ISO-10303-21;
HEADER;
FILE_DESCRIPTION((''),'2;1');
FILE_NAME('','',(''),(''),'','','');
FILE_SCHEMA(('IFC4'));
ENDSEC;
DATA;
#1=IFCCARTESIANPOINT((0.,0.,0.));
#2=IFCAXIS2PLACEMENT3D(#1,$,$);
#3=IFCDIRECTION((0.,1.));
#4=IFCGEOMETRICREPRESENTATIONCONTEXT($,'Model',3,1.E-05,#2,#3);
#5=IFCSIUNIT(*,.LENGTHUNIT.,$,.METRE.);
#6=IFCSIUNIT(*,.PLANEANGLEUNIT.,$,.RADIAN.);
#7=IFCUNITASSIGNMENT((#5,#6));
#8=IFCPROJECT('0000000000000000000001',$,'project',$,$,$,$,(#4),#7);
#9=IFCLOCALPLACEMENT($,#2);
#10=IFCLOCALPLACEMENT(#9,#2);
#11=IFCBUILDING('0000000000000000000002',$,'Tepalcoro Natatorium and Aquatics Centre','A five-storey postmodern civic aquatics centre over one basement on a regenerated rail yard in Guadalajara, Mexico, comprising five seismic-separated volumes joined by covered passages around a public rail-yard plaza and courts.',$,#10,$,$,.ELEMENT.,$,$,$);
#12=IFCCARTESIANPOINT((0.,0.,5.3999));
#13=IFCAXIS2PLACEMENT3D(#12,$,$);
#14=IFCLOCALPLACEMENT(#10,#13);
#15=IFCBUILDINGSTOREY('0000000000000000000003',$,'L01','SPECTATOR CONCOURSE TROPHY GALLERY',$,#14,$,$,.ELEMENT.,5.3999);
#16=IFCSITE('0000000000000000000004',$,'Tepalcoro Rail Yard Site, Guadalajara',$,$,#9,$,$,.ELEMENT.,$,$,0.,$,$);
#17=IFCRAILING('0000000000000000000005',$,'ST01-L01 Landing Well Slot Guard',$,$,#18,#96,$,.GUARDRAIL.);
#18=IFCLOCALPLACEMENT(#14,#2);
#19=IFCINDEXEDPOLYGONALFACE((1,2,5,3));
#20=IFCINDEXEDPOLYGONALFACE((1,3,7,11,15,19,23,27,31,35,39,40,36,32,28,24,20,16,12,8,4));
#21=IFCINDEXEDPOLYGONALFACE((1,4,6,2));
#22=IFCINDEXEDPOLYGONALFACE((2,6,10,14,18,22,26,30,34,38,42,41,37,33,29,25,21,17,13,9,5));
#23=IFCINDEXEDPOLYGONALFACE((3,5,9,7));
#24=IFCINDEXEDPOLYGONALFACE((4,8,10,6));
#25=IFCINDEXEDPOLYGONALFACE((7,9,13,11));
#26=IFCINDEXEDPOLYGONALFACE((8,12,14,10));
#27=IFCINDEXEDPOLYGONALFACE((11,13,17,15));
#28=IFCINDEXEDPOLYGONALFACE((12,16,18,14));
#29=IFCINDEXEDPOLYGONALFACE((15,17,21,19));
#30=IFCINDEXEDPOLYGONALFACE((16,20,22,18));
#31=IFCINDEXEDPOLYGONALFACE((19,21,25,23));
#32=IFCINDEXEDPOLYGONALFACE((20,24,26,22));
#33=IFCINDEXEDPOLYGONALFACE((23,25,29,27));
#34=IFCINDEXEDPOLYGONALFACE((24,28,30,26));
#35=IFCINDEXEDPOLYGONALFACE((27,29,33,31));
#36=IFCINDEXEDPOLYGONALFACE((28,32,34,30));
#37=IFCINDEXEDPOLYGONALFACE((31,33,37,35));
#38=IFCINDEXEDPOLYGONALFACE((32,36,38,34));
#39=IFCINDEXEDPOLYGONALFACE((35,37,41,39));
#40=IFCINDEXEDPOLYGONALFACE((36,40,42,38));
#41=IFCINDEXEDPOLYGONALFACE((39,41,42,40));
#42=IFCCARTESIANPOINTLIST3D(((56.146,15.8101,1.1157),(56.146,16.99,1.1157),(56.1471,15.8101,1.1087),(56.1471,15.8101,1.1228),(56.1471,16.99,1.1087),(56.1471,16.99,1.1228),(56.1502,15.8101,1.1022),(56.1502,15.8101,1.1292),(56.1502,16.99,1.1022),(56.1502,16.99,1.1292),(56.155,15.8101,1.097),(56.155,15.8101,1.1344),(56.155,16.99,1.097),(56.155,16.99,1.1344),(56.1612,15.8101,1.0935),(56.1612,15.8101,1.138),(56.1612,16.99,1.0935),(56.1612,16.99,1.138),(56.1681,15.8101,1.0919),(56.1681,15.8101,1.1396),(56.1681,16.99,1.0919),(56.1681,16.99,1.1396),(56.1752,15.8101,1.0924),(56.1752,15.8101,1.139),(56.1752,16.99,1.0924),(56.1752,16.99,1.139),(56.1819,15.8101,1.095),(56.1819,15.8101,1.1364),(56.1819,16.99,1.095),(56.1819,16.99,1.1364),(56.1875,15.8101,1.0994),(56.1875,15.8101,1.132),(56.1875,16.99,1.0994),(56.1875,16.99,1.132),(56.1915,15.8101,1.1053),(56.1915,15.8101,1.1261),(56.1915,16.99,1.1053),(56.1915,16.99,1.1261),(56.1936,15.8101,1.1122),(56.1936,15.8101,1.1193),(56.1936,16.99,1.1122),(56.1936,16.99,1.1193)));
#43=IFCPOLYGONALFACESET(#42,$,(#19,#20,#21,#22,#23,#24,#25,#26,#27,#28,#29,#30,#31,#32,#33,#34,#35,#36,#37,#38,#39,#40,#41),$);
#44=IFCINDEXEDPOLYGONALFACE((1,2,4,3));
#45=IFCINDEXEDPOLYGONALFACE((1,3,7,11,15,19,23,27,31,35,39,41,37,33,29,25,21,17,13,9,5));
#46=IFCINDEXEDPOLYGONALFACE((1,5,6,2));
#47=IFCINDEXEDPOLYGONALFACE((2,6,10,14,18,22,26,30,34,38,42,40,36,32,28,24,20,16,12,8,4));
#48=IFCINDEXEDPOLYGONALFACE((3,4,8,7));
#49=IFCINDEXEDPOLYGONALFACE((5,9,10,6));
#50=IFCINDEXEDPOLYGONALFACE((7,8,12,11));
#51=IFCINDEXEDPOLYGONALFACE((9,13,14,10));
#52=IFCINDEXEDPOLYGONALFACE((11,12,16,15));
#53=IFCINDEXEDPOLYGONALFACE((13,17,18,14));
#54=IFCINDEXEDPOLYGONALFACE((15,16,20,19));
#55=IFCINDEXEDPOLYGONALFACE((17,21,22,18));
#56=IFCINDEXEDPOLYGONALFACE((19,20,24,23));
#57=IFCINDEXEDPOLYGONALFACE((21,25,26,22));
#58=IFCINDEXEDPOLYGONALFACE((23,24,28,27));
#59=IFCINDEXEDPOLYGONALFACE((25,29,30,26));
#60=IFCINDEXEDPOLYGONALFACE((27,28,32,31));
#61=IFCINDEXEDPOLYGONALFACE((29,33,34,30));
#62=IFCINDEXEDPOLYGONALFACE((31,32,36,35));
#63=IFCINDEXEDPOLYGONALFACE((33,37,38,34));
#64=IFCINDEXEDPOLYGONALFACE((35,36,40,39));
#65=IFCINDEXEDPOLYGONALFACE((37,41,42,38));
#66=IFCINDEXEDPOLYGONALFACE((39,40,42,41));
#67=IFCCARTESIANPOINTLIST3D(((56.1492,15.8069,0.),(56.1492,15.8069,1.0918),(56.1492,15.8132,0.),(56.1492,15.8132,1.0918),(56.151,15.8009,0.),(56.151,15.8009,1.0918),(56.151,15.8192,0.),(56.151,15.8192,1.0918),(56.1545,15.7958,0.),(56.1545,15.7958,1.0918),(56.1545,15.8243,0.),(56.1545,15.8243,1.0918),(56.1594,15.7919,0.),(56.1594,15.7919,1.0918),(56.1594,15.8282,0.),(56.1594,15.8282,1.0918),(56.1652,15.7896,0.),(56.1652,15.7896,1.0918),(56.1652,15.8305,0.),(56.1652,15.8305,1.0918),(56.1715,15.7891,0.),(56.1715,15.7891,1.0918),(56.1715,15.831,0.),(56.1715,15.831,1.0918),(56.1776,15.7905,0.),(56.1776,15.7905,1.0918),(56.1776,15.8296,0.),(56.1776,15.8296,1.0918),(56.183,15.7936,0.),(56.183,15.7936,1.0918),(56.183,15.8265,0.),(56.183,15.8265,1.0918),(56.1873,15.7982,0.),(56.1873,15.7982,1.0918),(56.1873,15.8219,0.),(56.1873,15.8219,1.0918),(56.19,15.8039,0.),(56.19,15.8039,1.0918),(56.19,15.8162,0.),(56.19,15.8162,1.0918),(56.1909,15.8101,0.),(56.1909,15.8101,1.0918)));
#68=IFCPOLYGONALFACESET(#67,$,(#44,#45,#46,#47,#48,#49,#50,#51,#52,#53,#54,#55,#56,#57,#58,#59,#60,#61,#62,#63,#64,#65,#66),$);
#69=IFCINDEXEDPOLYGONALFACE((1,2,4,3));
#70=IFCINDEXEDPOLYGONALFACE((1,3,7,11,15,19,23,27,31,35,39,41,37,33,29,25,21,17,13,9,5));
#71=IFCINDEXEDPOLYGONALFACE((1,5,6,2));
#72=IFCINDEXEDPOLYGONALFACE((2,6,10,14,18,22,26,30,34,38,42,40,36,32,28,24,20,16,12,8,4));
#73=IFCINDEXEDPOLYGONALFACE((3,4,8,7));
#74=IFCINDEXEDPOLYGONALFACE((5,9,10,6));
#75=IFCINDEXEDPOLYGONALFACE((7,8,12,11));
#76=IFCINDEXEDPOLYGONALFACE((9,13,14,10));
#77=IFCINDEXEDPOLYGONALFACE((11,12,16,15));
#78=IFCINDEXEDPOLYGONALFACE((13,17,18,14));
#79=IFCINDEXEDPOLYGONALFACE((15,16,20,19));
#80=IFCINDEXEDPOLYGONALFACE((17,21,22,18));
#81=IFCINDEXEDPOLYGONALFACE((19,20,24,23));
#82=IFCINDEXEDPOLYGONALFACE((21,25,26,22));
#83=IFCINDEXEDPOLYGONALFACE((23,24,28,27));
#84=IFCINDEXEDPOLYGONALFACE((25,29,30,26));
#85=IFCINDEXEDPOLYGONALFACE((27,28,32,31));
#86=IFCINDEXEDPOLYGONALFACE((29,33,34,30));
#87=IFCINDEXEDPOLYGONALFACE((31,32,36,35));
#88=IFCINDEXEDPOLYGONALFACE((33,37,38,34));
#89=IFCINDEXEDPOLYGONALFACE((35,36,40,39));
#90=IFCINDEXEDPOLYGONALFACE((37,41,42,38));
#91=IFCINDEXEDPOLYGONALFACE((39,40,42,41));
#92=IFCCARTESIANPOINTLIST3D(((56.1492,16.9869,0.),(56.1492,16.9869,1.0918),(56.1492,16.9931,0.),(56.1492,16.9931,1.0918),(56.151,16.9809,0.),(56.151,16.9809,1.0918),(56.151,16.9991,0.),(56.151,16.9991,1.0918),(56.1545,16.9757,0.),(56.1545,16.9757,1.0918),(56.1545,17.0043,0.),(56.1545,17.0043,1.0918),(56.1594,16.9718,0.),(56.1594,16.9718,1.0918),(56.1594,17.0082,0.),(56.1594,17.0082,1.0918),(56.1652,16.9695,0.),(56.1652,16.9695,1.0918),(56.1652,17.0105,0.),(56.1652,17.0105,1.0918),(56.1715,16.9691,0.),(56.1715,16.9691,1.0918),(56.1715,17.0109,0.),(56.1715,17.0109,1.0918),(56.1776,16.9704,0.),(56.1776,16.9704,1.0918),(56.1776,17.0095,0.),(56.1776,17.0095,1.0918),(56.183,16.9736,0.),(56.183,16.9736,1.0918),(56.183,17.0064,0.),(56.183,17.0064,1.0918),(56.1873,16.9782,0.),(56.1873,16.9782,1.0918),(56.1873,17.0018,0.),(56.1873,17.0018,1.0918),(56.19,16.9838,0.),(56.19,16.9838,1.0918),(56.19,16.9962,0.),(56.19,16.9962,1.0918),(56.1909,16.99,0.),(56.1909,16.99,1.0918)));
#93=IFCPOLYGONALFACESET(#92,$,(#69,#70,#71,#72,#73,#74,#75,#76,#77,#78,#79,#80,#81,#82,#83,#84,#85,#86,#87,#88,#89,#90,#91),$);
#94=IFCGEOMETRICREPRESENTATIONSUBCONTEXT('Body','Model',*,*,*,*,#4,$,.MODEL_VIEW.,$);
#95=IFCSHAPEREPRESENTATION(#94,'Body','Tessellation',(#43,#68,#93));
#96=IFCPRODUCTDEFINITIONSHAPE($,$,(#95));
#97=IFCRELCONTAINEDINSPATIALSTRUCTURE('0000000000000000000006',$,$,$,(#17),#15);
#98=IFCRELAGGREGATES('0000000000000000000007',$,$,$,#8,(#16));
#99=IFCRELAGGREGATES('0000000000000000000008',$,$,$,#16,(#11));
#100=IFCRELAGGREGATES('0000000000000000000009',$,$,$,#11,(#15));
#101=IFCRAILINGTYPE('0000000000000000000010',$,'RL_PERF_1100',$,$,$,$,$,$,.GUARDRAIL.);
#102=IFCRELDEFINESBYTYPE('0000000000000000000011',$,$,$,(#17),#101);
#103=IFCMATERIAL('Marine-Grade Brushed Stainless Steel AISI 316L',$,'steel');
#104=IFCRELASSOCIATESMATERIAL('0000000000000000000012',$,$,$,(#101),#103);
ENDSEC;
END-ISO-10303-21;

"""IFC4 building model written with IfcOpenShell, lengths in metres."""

from ifc_helpers import new_model, si_unit, direction, frame, origin, origin_2d, place, context, subcontext, project, spatial, circle, extrude, material, type_object, element, save


model = new_model("IFC4")

# Units and contexts
model_context = context("Model", 3, precision=1e-05, world=origin(), true_north=direction((0.0, 1.0)))
body_context = subcontext(model_context, "Body", "Model", "MODEL_VIEW")
ifc_project = project(units=[si_unit("LENGTHUNIT", "METRE"), si_unit("PLANEANGLEUNIT", "RADIAN")], contexts=[model_context])

# Site, building, storey
site_placement = place(None, origin())
site = spatial("IfcSite", under=ifc_project, at=site_placement, Name="Tepalcoro Rail Yard Site, Guadalajara", CompositionType="ELEMENT", RefElevation=0.0)
building_placement = place(site_placement, origin())
building = spatial("IfcBuilding", under=site, at=building_placement, Name="Tepalcoro Natatorium and Aquatics Centre", Description="A five-storey postmodern civic aquatics centre over one basement on a regenerated rail yard in Guadalajara, Mexico, comprising five seismic-separated volumes joined by covered passages around a public rail-yard plaza and courts.", CompositionType="ELEMENT")
storey_placement = place(building_placement, frame((0.0, 0.0, 5.3999)))
storey = spatial("IfcBuildingStorey", under=building, at=storey_placement, Name="L01", Description="SPECTATOR CONCOURSE TROPHY GALLERY", CompositionType="ELEMENT", Elevation=5.3999)

# Railing
ifc_material_1 = material(Name="Marine-Grade Brushed Stainless Steel AISI 316L", Category="steel")
railing_type_1 = type_object("IfcRailingType", Name="RL_PERF_1100", PredefinedType="GUARDRAIL", material=ifc_material_1)
railing_1_placement = place(storey_placement, frame((56.1699, 15.8101, 0.0)))
element("IfcRailing", 1, at=railing_1_placement, inside=storey, type_object=railing_type_1, Name="ST01-L01 Landing Well Slot Guard", PredefinedType="GUARDRAIL", context=body_context, shape_type="SweptSolid", body=[
    extrude(circle(Radius=0.0239, at=origin_2d()), frame((0.0, 0.0, 1.1157), z_axis=(0.0, 1.0, 0.0), x_axis=(-1.0, 0.0, 0.0)), (0.0, 0.0, 1.0), 1.1799),
    extrude(circle(Radius=0.021, at=origin_2d()), origin(), (0.0, 0.0, 1.0), 1.0918),
    extrude(circle(Radius=0.021, at=origin_2d()), frame((0.0, 1.1799, 0.0)), (0.0, 0.0, 1.0), 1.0918),
])

save(model, "model.ifc")
